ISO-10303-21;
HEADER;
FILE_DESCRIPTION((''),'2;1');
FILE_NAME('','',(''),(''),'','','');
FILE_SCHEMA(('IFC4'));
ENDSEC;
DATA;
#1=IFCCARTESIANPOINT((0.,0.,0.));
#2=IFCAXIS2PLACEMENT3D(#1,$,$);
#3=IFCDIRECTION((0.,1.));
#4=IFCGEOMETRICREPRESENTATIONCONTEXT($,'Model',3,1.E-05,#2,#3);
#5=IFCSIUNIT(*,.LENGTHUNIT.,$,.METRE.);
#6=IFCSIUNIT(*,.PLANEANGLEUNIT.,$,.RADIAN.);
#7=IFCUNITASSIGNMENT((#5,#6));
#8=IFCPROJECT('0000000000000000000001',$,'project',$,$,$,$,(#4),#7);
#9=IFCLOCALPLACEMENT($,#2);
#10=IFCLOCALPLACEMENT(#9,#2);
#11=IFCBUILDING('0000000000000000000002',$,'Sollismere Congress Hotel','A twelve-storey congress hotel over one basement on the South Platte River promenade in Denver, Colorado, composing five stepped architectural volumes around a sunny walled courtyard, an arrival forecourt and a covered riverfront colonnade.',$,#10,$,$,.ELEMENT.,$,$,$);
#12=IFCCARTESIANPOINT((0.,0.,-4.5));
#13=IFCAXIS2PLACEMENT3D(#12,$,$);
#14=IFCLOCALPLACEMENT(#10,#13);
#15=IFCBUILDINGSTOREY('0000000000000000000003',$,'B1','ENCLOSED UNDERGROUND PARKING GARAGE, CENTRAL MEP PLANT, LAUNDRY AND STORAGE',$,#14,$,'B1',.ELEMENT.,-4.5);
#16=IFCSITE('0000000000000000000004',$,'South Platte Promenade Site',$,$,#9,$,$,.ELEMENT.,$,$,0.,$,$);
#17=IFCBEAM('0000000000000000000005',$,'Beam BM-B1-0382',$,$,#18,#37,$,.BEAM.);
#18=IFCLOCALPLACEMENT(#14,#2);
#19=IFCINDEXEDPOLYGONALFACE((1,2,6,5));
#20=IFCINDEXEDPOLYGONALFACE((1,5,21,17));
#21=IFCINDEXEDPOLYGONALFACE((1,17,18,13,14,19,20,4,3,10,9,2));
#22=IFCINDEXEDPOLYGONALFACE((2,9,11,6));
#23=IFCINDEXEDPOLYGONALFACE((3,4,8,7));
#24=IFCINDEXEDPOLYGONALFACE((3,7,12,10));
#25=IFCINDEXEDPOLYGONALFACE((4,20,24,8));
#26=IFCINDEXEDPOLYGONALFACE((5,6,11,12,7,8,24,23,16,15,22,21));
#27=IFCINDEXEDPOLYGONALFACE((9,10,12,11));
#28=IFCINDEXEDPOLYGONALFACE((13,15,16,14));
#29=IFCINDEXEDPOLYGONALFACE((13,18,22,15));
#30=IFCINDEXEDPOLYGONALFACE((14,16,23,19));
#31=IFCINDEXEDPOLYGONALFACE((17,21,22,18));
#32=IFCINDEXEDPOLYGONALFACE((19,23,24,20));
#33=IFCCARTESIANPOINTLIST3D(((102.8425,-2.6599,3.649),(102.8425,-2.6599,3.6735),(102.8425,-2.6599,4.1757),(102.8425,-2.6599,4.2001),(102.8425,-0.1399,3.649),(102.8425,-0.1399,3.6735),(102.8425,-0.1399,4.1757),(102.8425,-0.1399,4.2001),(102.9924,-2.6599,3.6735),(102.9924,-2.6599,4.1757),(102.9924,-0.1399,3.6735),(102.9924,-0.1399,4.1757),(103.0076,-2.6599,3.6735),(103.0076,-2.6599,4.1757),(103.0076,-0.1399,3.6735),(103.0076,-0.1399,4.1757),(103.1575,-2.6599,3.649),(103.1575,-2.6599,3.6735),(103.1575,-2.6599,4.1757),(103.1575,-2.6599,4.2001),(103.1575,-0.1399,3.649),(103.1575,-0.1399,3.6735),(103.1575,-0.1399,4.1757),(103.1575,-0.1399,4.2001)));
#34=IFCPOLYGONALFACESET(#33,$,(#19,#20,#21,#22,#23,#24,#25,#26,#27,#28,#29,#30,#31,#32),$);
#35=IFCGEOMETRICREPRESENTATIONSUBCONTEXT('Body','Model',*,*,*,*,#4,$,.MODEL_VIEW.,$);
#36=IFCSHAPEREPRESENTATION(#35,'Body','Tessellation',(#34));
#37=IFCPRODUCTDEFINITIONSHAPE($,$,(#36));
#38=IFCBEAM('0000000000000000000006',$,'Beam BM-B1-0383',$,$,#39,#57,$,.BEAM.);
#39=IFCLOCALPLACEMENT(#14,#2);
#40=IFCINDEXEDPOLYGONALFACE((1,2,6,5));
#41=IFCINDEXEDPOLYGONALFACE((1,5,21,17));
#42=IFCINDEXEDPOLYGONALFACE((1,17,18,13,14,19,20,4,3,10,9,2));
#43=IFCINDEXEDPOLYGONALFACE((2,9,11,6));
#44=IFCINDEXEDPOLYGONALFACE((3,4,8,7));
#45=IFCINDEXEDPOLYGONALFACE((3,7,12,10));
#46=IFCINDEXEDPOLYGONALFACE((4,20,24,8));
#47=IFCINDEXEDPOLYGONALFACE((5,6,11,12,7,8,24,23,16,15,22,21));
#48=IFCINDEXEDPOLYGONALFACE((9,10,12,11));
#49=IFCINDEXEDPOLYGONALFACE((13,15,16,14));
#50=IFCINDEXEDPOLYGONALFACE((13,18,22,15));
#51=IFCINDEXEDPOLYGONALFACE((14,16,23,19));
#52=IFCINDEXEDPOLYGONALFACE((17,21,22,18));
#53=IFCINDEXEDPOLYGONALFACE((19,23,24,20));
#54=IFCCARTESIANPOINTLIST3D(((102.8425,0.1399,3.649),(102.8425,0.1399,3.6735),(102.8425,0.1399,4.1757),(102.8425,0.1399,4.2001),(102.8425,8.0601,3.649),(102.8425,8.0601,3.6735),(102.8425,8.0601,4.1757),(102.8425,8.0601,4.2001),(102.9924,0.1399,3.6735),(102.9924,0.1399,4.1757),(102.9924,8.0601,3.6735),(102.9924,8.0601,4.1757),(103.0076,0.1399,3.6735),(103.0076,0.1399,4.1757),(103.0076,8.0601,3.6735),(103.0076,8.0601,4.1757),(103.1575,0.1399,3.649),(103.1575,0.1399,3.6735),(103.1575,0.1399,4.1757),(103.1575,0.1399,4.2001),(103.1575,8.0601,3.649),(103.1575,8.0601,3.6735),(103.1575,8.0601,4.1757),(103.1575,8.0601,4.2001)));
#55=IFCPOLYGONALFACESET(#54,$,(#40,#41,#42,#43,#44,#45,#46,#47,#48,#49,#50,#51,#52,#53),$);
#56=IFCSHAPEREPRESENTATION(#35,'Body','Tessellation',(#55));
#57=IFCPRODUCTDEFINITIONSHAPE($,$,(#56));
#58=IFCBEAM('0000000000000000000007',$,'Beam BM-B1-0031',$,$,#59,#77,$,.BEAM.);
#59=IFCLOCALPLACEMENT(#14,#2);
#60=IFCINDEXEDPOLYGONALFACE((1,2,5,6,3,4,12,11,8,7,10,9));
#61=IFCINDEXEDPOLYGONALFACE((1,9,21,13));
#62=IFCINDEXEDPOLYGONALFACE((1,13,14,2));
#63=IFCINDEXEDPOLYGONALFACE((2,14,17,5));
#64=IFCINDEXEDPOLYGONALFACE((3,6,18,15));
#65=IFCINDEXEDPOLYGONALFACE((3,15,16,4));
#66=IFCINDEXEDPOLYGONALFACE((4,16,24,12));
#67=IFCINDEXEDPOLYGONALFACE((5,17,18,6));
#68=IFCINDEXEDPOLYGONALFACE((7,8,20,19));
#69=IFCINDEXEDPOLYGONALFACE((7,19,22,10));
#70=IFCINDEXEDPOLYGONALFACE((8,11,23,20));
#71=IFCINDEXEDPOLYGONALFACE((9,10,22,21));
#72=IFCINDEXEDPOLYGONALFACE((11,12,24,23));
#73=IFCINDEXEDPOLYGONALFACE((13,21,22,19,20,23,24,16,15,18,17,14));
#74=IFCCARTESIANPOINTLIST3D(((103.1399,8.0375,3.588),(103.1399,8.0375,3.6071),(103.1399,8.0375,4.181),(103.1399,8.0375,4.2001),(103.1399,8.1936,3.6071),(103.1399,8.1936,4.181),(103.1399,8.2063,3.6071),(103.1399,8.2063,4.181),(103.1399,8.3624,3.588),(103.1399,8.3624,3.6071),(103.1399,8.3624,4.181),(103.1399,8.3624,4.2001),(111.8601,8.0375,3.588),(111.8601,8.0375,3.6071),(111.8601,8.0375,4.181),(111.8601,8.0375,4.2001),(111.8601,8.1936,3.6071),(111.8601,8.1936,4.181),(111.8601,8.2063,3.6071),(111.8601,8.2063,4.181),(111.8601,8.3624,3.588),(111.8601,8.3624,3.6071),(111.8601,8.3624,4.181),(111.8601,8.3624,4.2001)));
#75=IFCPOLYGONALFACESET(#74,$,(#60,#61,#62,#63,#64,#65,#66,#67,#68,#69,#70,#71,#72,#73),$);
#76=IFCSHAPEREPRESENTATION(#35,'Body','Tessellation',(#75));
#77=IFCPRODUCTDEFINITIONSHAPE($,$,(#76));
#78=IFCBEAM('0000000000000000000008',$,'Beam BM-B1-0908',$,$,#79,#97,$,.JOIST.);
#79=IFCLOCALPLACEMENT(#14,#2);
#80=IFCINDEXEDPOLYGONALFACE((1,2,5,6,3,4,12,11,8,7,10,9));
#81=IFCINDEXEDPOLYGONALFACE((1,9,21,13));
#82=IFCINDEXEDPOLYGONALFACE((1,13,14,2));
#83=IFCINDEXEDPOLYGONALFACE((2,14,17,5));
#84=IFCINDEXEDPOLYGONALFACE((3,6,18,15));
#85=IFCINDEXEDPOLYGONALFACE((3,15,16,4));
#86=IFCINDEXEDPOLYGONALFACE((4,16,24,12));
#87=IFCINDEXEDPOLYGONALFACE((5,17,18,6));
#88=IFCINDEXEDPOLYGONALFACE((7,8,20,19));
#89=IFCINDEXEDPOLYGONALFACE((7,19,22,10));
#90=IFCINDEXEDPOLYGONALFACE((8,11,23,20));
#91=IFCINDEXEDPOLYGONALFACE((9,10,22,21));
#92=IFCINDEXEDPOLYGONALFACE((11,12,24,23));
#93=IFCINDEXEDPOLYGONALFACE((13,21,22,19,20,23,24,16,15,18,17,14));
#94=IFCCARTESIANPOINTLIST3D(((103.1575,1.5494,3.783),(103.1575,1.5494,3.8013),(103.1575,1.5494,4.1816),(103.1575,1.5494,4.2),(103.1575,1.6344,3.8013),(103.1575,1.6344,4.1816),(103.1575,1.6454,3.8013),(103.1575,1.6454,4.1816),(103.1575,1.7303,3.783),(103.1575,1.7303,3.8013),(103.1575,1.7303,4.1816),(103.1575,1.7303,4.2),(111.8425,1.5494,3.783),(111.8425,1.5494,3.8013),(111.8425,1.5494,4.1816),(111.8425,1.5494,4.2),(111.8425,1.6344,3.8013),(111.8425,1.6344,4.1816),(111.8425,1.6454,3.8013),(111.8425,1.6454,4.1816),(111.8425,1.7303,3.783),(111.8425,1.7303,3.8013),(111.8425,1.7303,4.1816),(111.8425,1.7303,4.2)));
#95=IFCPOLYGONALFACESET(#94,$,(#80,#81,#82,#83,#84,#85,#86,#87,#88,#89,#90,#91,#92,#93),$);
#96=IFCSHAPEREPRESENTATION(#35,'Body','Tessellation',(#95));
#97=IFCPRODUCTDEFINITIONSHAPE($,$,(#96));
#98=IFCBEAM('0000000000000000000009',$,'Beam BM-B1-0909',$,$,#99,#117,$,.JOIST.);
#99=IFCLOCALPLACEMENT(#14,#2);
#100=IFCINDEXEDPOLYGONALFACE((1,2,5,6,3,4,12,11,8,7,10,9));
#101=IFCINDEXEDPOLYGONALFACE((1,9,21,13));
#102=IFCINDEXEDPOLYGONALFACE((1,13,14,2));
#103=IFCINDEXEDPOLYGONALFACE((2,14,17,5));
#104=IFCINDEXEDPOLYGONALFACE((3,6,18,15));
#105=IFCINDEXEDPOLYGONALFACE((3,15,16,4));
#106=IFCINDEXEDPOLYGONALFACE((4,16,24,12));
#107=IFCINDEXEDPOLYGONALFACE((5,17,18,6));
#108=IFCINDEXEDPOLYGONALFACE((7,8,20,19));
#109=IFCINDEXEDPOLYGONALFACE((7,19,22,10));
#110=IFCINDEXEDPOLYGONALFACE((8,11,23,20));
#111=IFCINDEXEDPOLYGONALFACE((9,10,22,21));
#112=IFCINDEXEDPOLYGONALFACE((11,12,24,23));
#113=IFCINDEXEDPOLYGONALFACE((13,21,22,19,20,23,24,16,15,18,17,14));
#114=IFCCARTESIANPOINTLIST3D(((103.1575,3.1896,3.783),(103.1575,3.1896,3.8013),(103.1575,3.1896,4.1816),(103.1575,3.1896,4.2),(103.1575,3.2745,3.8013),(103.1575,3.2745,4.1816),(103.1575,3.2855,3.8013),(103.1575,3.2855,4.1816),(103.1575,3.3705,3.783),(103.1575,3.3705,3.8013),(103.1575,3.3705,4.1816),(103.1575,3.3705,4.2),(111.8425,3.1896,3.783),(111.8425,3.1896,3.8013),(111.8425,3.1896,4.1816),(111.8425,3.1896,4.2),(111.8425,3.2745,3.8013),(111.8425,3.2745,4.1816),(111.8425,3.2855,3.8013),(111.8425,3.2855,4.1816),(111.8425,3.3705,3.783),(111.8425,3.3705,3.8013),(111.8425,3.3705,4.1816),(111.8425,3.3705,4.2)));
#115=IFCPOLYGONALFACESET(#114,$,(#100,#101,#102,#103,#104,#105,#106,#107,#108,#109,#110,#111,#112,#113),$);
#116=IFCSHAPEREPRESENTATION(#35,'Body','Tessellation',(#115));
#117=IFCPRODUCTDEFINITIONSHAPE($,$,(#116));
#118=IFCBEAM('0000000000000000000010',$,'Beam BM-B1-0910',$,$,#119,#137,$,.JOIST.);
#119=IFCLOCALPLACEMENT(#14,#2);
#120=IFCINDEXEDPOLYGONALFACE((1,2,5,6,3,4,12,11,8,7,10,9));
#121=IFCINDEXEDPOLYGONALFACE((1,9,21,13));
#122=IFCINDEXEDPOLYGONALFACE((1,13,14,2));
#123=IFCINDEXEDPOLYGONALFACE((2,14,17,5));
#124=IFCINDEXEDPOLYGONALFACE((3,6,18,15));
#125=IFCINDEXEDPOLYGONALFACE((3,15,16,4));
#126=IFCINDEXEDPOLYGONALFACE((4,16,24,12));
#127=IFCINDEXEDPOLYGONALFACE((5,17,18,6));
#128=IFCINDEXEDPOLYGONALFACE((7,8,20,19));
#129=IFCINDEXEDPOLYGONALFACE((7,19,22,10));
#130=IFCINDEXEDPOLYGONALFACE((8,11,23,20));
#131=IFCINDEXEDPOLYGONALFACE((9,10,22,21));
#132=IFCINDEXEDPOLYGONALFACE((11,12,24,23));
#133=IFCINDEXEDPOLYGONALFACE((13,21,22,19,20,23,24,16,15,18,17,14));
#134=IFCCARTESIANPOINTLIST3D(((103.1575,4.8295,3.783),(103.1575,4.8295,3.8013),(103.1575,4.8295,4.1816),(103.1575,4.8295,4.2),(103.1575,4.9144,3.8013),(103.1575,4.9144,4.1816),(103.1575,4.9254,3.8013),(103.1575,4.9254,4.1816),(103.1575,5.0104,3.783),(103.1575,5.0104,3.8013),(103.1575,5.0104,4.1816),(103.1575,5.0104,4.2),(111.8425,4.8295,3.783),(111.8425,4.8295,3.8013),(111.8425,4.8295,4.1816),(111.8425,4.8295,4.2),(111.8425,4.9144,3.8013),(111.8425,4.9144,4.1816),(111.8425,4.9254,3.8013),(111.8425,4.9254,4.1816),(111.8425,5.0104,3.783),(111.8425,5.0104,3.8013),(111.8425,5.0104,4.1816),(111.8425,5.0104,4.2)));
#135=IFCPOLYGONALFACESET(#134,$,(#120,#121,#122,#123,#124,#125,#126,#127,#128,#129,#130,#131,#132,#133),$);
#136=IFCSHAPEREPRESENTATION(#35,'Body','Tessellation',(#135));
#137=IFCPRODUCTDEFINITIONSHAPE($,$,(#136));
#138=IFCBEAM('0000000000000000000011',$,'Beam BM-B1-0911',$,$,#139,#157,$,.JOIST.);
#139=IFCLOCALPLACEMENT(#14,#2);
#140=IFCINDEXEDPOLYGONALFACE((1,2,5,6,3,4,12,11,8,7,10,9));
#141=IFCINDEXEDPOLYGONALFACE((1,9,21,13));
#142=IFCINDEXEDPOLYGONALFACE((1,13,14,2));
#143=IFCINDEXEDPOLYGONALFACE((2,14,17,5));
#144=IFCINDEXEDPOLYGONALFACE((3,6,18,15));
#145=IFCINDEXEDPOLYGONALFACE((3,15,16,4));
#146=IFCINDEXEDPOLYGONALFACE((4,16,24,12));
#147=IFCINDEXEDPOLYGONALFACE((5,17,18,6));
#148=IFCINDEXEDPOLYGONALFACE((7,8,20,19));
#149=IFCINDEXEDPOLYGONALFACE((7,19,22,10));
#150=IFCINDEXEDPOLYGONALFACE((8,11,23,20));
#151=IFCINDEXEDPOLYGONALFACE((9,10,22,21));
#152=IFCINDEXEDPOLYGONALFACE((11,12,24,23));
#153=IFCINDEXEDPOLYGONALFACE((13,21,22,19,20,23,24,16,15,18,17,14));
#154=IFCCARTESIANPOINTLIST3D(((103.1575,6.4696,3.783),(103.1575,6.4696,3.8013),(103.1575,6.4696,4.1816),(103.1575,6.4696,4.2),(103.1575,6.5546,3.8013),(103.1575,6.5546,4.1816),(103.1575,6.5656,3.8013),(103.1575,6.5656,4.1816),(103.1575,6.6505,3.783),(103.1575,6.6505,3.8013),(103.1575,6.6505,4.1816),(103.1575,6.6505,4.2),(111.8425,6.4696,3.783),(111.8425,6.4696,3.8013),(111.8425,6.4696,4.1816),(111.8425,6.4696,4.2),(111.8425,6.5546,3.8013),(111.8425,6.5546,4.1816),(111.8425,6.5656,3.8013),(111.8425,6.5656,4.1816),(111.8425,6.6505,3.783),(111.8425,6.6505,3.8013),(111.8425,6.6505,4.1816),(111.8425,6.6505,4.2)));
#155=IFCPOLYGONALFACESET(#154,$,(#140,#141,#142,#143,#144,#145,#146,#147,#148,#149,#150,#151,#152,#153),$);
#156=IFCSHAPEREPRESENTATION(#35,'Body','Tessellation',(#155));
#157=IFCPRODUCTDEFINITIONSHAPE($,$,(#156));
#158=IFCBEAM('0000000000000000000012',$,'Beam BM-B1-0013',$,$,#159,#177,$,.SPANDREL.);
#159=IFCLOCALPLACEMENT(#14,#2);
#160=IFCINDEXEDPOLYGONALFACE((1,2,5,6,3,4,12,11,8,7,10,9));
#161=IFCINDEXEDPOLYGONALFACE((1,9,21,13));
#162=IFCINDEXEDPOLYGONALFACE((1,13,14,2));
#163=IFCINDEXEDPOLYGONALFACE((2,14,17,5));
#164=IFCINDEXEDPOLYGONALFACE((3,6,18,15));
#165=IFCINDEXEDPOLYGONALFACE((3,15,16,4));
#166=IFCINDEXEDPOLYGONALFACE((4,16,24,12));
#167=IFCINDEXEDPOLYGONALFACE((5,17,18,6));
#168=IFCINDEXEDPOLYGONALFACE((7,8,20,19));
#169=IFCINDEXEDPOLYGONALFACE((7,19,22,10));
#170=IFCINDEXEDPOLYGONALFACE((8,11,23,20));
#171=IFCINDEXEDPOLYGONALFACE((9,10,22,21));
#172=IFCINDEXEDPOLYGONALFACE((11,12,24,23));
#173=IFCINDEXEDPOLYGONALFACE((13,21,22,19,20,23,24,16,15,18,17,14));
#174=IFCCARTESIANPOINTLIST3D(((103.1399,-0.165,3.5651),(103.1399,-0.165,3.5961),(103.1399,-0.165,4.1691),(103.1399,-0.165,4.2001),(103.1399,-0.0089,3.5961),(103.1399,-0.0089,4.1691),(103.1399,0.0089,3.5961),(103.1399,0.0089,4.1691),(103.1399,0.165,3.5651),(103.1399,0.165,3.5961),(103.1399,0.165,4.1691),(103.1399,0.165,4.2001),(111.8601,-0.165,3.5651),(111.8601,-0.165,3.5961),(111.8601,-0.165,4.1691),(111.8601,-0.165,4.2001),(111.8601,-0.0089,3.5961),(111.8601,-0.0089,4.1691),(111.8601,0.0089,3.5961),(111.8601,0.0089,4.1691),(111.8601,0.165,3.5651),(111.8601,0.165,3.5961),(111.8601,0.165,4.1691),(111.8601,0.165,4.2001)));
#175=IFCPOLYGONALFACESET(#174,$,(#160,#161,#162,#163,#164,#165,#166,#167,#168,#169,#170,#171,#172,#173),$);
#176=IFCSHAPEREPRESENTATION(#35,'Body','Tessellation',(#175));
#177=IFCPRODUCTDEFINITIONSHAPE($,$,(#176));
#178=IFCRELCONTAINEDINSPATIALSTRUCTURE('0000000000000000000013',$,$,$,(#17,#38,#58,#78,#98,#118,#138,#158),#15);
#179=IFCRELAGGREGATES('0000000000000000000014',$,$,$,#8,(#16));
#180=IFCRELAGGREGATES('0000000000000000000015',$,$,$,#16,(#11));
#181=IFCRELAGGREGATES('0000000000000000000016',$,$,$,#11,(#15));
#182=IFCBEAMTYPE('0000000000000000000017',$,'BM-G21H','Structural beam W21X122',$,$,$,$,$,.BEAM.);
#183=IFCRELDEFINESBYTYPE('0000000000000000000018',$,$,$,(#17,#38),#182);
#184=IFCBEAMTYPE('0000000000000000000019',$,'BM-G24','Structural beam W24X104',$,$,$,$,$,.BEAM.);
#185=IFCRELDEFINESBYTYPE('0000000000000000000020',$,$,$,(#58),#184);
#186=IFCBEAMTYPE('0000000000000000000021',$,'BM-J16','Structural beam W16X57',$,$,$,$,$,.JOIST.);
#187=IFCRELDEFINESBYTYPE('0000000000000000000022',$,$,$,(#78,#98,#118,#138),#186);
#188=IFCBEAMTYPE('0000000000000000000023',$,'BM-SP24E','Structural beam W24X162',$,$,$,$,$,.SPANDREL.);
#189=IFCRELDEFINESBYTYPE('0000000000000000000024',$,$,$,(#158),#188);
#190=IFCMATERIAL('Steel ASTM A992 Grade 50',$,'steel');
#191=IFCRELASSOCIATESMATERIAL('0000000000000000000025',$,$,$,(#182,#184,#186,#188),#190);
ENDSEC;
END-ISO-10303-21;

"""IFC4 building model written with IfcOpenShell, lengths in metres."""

from ifc_helpers import new_model, si_unit, direction, frame, origin, origin_2d, place, context, subcontext, project, spatial, i_section, extrude, material, material_profile, profile_set, type_object, element, save


model = new_model("IFC4")

# Units and contexts
model_context = context("Model", 3, precision=1e-05, world=origin(), true_north=direction((0.0, 1.0)))
body_context = subcontext(model_context, "Body", "Model", "MODEL_VIEW")
ifc_project = project(units=[si_unit("LENGTHUNIT", "METRE"), si_unit("PLANEANGLEUNIT", "RADIAN")], contexts=[model_context])

# Site, building, storey
site_placement = place(None, origin())
site = spatial("IfcSite", under=ifc_project, at=site_placement, Name="South Platte Promenade Site", CompositionType="ELEMENT", RefElevation=0.0)
building_placement = place(site_placement, origin())
building = spatial("IfcBuilding", under=site, at=building_placement, Name="Sollismere Congress Hotel", Description="A twelve-storey congress hotel over one basement on the South Platte River promenade in Denver, Colorado, composing five stepped architectural volumes around a sunny walled courtyard, an arrival forecourt and a covered riverfront colonnade.", CompositionType="ELEMENT")
storey_placement = place(building_placement, frame((0.0, 0.0, -4.5)))
storey = spatial("IfcBuildingStorey", under=building, at=storey_placement, Name="B1", Description="ENCLOSED UNDERGROUND PARKING GARAGE, CENTRAL MEP PLANT, LAUNDRY AND STORAGE", LongName="B1", CompositionType="ELEMENT", Elevation=-4.5)

# Beams
ifc_material_1 = material(Name="Steel ASTM A992 Grade 50", Category="steel")
ifc_material_profile_1 = material_profile(ifc_material_1, i_section(OverallWidth=0.3149, OverallDepth=0.551, WebThickness=0.0151, FlangeThickness=0.0244, at=origin_2d()), Name="W21X122")
ifc_profile_set_1 = profile_set([ifc_material_profile_1], Name="Steel ASTM A992 Grade 50")
beam_type_1 = type_object("IfcBeamType", Name="BM-G21H", Description="Structural beam W21X122", PredefinedType="BEAM", material=ifc_profile_set_1)
beam_1_placement = place(storey_placement, frame((103.0, -2.6599, 3.9246), z_axis=(0.0, 1.0, 0.0), x_axis=(-1.0, 0.0, 0.0)))
element("IfcBeam", 1, at=beam_1_placement, inside=storey, type_object=beam_type_1, Name="Beam BM-B1-0382", PredefinedType="BEAM", context=body_context, shape_type="SweptSolid", body=[
    extrude(i_section(OverallWidth=0.3149, OverallDepth=0.551, WebThickness=0.0151, FlangeThickness=0.0244, at=origin_2d()), origin(), (0.0, 0.0, 1.0), 2.52),
])
beam_2_placement = place(storey_placement, frame((103.0, 0.1399, 3.9246), z_axis=(0.0, 1.0, 0.0), x_axis=(-1.0, 0.0, 0.0)))
element("IfcBeam", 2, at=beam_2_placement, inside=storey, type_object=beam_type_1, Name="Beam BM-B1-0383", PredefinedType="BEAM", context=body_context, shape_type="SweptSolid", body=[
    extrude(i_section(OverallWidth=0.3149, OverallDepth=0.551, WebThickness=0.0151, FlangeThickness=0.0244, at=origin_2d()), origin(), (0.0, 0.0, 1.0), 7.9202),
])
ifc_material_profile_2 = material_profile(ifc_material_1, i_section(OverallWidth=0.325, OverallDepth=0.6121, WebThickness=0.0127, FlangeThickness=0.019, at=origin_2d()), Name="W24X104")
ifc_profile_set_2 = profile_set([ifc_material_profile_2], Name="Steel ASTM A992 Grade 50")
beam_type_2 = type_object("IfcBeamType", Name="BM-G24", Description="Structural beam W24X104", PredefinedType="BEAM", material=ifc_profile_set_2)
beam_3_placement = place(storey_placement, frame((103.1399, 8.2, 3.894), z_axis=(1.0, 0.0, 0.0), x_axis=(0.0, 1.0, 0.0)))
element("IfcBeam", 3, at=beam_3_placement, inside=storey, type_object=beam_type_2, Name="Beam BM-B1-0031", PredefinedType="BEAM", context=body_context, shape_type="SweptSolid", body=[
    extrude(i_section(OverallWidth=0.325, OverallDepth=0.6121, WebThickness=0.0127, FlangeThickness=0.019, at=origin_2d()), origin(), (0.0, 0.0, 1.0), 8.7202),
])
ifc_material_profile_3 = material_profile(ifc_material_1, i_section(OverallWidth=0.1809, OverallDepth=0.417, WebThickness=0.011, FlangeThickness=0.0183, at=origin_2d()), Name="W16X57")
ifc_profile_set_3 = profile_set([ifc_material_profile_3], Name="Steel ASTM A992 Grade 50")
beam_type_3 = type_object("IfcBeamType", Name="BM-J16", Description="Structural beam W16X57", PredefinedType="JOIST", material=ifc_profile_set_3)
for number, where, z_axis, x_axis, name in (
    (4, (103.1575, 1.6399, 3.9915), (1.0, 0.0, 0.0), (0.0, 1.0, 0.0), "Beam BM-B1-0908"),
    (5, (103.1575, 3.28, 3.9915), (1.0, 0.0, 0.0), (0.0, 1.0, 0.0), "Beam BM-B1-0909"),
    (6, (103.1575, 4.9199, 3.9915), (1.0, 0.0, 0.0), (0.0, 1.0, 0.0), "Beam BM-B1-0910"),
    (7, (103.1575, 6.5601, 3.9915), (1.0, 0.0, 0.0), (0.0, 1.0, 0.0), "Beam BM-B1-0911"),
):
    element("IfcBeam", number, at=place(storey_placement, frame(where, z_axis=z_axis, x_axis=x_axis)), inside=storey, type_object=beam_type_3, Name=name, PredefinedType="JOIST", context=body_context, shape_type="SweptSolid", body=[
        extrude(i_section(OverallWidth=0.1809, OverallDepth=0.417, WebThickness=0.011, FlangeThickness=0.0183, at=origin_2d()), origin(), (0.0, 0.0, 1.0), 8.6851),
    ])
ifc_material_profile_4 = material_profile(ifc_material_1, i_section(OverallWidth=0.3301, OverallDepth=0.635, WebThickness=0.0178, FlangeThickness=0.031, at=origin_2d()), Name="W24X162")
ifc_profile_set_4 = profile_set([ifc_material_profile_4], Name="Steel ASTM A992 Grade 50")
beam_type_4 = type_object("IfcBeamType", Name="BM-SP24E", Description="Structural beam W24X162", PredefinedType="SPANDREL", material=ifc_profile_set_4)
beam_4_placement = place(storey_placement, frame((103.1399, 0.0, 3.8826), z_axis=(1.0, 0.0, 0.0), x_axis=(0.0, 1.0, 0.0)))
element("IfcBeam", 8, at=beam_4_placement, inside=storey, type_object=beam_type_4, Name="Beam BM-B1-0013", PredefinedType="SPANDREL", context=body_context, shape_type="SweptSolid", body=[
    extrude(i_section(OverallWidth=0.3301, OverallDepth=0.635, WebThickness=0.0178, FlangeThickness=0.031, at=origin_2d()), origin(), (0.0, 0.0, 1.0), 8.7202),
])

save(model, "model.ifc")
